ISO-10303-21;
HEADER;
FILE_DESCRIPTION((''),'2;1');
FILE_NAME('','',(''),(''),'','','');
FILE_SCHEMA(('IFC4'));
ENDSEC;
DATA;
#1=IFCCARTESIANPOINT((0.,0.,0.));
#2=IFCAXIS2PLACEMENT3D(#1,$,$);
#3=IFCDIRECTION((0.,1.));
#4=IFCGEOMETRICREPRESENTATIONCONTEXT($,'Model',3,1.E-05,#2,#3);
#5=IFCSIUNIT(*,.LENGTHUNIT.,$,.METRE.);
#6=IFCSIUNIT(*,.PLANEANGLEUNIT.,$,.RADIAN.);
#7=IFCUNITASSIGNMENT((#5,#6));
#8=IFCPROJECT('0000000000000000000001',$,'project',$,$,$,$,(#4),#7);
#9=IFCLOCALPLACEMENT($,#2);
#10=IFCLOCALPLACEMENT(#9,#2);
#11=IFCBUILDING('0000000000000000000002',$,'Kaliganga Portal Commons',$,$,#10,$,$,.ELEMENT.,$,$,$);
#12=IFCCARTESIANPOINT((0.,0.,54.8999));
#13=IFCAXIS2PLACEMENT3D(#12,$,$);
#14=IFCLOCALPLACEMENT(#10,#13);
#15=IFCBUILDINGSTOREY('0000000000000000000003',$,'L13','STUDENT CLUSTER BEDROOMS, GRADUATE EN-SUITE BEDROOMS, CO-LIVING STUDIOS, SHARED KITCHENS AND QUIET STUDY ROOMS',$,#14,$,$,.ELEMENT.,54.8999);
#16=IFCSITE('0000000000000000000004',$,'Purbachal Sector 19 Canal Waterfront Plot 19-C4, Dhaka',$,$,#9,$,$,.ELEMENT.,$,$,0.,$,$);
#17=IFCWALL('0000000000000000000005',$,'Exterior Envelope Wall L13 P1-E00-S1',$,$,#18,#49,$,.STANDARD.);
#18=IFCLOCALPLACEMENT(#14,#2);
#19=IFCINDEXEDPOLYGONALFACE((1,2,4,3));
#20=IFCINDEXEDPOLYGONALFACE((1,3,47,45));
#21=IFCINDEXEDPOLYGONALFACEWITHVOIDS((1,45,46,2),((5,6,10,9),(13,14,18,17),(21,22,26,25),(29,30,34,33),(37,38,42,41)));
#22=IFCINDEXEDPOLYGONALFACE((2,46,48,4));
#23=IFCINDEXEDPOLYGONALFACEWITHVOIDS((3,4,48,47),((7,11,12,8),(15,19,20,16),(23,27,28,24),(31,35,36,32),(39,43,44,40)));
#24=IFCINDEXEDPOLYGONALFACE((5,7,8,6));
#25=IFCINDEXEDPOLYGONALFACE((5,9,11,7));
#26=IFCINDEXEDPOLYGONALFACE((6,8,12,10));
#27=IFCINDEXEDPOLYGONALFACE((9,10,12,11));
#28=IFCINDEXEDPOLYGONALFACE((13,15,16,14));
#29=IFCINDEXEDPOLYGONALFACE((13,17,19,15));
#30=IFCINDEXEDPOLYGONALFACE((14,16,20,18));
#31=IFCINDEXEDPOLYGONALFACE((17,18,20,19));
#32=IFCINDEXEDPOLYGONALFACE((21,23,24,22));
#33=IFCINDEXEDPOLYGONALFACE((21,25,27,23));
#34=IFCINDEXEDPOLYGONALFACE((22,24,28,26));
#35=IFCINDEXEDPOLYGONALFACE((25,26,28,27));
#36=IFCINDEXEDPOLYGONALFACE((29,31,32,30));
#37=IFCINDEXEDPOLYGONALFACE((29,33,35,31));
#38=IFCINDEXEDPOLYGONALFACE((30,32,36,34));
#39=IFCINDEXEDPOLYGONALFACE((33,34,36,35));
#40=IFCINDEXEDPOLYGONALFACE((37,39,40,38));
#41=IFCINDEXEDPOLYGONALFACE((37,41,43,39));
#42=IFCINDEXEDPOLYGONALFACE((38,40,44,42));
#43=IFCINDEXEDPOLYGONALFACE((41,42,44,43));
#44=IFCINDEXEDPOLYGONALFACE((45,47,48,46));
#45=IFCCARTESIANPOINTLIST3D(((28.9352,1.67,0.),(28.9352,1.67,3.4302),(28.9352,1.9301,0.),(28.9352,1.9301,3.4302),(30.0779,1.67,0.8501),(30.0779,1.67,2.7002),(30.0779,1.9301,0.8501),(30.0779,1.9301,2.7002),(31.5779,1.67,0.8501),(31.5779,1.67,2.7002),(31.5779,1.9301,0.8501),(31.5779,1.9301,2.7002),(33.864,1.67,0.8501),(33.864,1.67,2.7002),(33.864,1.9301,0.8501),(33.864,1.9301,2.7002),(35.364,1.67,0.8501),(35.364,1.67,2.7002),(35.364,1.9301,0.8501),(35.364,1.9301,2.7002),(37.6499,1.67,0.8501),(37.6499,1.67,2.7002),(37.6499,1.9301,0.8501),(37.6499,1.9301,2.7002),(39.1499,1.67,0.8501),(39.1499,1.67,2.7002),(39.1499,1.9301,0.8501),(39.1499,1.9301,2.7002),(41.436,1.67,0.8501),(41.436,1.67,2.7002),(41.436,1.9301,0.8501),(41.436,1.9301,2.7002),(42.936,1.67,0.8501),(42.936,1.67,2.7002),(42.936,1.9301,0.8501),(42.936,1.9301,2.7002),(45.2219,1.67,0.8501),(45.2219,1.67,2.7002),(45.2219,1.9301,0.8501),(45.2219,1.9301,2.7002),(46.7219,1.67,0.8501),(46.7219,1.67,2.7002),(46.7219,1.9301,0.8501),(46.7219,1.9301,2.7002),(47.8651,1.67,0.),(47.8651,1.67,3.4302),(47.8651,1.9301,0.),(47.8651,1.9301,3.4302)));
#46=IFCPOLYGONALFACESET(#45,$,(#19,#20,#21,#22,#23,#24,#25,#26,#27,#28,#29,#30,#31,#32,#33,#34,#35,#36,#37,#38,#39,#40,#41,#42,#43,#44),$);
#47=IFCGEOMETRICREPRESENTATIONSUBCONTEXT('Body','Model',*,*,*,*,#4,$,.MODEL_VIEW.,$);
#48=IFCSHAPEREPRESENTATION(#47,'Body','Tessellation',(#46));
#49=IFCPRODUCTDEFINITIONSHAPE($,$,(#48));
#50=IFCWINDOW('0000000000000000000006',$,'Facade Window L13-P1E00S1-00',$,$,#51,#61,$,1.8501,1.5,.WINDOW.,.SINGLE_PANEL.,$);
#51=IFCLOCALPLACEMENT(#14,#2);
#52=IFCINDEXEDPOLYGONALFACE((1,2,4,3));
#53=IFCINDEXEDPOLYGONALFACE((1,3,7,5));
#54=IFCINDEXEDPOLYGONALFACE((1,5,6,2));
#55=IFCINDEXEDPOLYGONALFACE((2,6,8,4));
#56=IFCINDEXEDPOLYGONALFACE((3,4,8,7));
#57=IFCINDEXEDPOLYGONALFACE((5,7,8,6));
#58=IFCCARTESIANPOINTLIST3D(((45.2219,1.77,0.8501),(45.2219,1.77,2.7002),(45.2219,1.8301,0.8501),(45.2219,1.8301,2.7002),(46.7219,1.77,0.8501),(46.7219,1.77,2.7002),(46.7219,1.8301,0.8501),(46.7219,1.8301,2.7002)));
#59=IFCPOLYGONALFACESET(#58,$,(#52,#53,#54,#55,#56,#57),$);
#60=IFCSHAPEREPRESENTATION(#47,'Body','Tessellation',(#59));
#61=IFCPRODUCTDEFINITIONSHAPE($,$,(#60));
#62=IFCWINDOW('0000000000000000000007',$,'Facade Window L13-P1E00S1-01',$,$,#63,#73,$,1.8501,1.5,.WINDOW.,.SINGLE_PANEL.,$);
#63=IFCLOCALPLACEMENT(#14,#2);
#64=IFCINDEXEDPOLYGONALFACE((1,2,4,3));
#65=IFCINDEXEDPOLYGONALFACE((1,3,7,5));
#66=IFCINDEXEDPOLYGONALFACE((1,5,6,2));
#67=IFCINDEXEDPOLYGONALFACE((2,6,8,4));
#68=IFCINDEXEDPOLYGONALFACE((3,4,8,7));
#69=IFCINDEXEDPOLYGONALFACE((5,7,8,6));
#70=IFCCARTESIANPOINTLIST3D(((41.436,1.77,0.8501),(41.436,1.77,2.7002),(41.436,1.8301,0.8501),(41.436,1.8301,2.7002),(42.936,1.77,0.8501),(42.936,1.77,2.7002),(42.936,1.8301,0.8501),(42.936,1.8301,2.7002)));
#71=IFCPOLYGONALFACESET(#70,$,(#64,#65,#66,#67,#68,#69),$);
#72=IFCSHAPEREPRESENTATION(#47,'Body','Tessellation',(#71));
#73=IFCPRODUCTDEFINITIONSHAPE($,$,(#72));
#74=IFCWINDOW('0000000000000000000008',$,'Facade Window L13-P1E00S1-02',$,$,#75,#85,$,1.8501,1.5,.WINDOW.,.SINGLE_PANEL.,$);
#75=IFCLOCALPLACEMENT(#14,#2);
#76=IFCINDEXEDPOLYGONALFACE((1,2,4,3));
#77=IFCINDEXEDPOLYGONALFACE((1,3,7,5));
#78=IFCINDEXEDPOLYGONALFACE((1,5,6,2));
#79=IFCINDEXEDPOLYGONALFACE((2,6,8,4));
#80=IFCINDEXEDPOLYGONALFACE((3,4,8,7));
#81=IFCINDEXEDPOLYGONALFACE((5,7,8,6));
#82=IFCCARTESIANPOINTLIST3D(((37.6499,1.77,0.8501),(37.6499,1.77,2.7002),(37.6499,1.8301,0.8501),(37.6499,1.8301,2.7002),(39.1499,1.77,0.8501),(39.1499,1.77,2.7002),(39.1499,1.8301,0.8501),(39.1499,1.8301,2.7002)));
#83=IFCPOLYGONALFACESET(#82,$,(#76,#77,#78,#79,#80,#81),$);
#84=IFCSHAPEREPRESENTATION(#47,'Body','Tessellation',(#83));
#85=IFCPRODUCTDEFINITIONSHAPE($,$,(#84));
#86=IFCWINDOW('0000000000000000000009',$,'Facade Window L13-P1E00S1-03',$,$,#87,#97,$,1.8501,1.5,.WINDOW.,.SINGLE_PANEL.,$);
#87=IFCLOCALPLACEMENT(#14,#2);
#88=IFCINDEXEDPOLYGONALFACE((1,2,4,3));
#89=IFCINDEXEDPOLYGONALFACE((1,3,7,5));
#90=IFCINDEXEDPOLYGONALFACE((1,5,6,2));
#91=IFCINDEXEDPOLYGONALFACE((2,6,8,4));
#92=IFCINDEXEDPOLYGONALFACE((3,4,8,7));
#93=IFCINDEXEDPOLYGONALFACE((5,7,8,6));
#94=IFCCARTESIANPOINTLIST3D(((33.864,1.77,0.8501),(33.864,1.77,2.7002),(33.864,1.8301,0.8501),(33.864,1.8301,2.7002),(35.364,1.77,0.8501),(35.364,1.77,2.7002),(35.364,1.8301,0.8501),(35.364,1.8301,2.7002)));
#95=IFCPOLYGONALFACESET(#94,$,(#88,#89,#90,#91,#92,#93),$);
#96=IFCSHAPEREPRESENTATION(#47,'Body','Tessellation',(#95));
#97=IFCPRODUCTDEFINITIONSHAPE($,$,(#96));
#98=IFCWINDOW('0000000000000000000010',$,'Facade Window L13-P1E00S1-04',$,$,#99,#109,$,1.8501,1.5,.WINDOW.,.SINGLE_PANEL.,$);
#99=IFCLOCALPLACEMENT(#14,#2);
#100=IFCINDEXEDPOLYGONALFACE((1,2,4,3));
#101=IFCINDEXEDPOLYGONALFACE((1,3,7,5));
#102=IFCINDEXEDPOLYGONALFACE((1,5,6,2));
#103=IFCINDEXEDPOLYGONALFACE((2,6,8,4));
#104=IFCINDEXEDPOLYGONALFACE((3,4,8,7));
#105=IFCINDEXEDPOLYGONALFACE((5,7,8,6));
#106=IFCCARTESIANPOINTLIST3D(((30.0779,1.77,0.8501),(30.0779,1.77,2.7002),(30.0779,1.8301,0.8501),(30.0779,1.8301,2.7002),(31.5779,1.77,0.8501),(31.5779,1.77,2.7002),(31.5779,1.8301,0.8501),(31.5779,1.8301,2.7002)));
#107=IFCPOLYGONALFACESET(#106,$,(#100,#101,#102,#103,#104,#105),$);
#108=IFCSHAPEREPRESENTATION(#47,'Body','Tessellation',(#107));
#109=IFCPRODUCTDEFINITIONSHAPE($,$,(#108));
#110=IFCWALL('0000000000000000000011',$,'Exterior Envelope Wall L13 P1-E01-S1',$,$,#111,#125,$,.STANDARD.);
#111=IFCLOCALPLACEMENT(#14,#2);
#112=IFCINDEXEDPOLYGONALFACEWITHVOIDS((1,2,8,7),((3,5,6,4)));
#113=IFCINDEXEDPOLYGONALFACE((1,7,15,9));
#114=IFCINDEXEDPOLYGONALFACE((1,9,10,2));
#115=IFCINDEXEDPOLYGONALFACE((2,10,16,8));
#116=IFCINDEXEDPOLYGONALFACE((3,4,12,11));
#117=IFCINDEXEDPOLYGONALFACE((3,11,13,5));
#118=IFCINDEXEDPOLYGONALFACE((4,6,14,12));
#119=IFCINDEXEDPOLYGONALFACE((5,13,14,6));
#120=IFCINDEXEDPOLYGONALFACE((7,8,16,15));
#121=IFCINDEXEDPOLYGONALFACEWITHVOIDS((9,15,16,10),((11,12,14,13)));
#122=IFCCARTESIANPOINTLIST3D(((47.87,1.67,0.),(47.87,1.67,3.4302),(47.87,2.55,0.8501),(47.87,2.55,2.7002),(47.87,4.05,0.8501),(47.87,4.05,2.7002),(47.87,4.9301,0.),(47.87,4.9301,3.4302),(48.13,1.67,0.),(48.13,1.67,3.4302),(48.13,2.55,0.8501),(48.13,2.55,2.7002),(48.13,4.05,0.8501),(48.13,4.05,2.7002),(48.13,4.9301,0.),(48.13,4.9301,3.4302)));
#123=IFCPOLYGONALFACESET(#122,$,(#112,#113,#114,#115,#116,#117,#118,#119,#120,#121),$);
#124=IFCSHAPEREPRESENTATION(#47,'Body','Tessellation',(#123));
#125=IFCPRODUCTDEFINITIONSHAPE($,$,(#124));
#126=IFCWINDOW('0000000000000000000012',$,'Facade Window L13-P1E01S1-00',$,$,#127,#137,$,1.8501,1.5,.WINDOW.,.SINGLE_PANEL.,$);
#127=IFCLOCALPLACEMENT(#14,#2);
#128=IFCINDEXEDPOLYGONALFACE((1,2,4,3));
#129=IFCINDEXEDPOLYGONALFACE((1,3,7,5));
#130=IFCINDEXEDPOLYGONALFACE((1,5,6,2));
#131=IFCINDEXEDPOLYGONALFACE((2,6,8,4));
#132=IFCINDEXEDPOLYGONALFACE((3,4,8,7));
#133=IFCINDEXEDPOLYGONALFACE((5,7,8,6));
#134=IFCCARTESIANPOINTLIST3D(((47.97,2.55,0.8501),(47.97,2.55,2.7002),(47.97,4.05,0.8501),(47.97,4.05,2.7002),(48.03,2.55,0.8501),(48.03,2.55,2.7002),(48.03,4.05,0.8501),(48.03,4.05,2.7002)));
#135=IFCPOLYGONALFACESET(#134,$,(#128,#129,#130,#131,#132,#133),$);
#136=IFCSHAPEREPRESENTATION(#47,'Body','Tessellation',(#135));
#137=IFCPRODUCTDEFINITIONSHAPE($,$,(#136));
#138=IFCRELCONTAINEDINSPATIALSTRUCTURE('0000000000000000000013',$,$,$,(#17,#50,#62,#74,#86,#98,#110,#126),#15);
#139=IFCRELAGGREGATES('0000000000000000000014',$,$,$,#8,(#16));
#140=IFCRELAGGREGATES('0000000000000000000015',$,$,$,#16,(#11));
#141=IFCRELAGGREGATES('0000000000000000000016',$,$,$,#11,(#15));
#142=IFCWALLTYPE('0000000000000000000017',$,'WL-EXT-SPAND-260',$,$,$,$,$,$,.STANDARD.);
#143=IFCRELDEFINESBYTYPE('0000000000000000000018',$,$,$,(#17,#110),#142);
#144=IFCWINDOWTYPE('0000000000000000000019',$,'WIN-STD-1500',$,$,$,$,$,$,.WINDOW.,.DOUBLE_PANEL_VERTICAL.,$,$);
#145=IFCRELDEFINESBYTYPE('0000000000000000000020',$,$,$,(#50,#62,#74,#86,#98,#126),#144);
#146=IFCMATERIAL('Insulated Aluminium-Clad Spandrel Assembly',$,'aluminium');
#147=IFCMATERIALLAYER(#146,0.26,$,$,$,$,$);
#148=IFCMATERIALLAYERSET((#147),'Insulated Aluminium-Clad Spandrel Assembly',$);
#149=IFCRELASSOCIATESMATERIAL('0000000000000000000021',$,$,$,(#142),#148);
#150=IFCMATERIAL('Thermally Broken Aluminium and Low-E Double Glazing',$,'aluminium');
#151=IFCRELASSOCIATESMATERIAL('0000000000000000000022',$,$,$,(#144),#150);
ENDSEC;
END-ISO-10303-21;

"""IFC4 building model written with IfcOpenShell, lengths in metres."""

from ifc_helpers import new_model, si_unit, direction, frame, frame_2d, origin, place, context, subcontext, project, spatial, rectangle, extrude, material, layer, layer_set, type_object, element, fill, save


model = new_model("IFC4")

# Units and contexts
model_context = context("Model", 3, precision=1e-05, world=origin(), true_north=direction((0.0, 1.0)))
body_context = subcontext(model_context, "Body", "Model", "MODEL_VIEW")
ifc_project = project(units=[si_unit("LENGTHUNIT", "METRE"), si_unit("PLANEANGLEUNIT", "RADIAN")], contexts=[model_context])

# Site, building, storey
site_placement = place(None, origin())
site = spatial("IfcSite", under=ifc_project, at=site_placement, Name="Purbachal Sector 19 Canal Waterfront Plot 19-C4, Dhaka", CompositionType="ELEMENT", RefElevation=0.0)
building_placement = place(site_placement, origin())
building = spatial("IfcBuilding", under=site, at=building_placement, Name="Kaliganga Portal Commons", CompositionType="ELEMENT")
storey_placement = place(building_placement, frame((0.0, 0.0, 54.8999)))
storey = spatial("IfcBuildingStorey", under=building, at=storey_placement, Name="L13", Description="STUDENT CLUSTER BEDROOMS, GRADUATE EN-SUITE BEDROOMS, CO-LIVING STUDIOS, SHARED KITCHENS AND QUIET STUDY ROOMS", CompositionType="ELEMENT", Elevation=54.8999)

# Wall, openings, windows
ifc_material_1 = material(Name="Insulated Aluminium-Clad Spandrel Assembly", Category="aluminium")
ifc_layer_1 = layer(ifc_material_1, 0.26)
ifc_layer_set_1 = layer_set([ifc_layer_1], Name="Insulated Aluminium-Clad Spandrel Assembly")
wall_type_1 = type_object("IfcWallType", Name="WL-EXT-SPAND-260", PredefinedType="STANDARD", material=ifc_layer_set_1)
wall_1_placement = place(storey_placement, frame((47.865, 1.8, 0.0), z_axis=(0.0, 0.0, 1.0), x_axis=(-1.0, 0.0, 0.0)))
wall_1 = element("IfcWall", 1, at=wall_1_placement, inside=storey, type_object=wall_type_1, Name="Exterior Envelope Wall L13 P1-E00-S1", PredefinedType="STANDARD", context=body_context, shape_type="SweptSolid", body=[
    extrude(rectangle(XDim=18.9299, YDim=0.26, at=frame_2d((9.4648, 0.0))), origin(), (0.0, 0.0, 1.0), 3.4302),
])
opening_1_placement = place(wall_1_placement, frame((1.1431, 0.0, 0.8501)))
opening_1 = element("IfcOpeningElement", 2, at=opening_1_placement, cuts=wall_1, PredefinedType="OPENING", context=body_context, shape_type="SweptSolid", body=[
    extrude(rectangle(XDim=1.5, YDim=1.8501, at=frame_2d((0.75, 0.925))), frame((0.0, 0.1401, 0.0), z_axis=(0.0, -1.0, 0.0), x_axis=(1.0, 0.0, 0.0)), (0.0, 0.0, 1.0), 0.28),
])
opening_2_placement = place(wall_1_placement, frame((4.929, 0.0, 0.8501)))
opening_2 = element("IfcOpeningElement", 3, at=opening_2_placement, cuts=wall_1, PredefinedType="OPENING", context=body_context, shape_type="SweptSolid", body=[
    extrude(rectangle(XDim=1.5, YDim=1.8501, at=frame_2d((0.75, 0.925))), frame((0.0, 0.1401, 0.0), z_axis=(0.0, -1.0, 0.0), x_axis=(1.0, 0.0, 0.0)), (0.0, 0.0, 1.0), 0.28),
])
opening_3_placement = place(wall_1_placement, frame((8.7151, 0.0, 0.8501)))
opening_3 = element("IfcOpeningElement", 4, at=opening_3_placement, cuts=wall_1, PredefinedType="OPENING", context=body_context, shape_type="SweptSolid", body=[
    extrude(rectangle(XDim=1.5, YDim=1.8501, at=frame_2d((0.75, 0.925))), frame((0.0, 0.1401, 0.0), z_axis=(0.0, -1.0, 0.0), x_axis=(1.0, 0.0, 0.0)), (0.0, 0.0, 1.0), 0.28),
])
opening_4_placement = place(wall_1_placement, frame((12.501, 0.0, 0.8501)))
opening_4 = element("IfcOpeningElement", 5, at=opening_4_placement, cuts=wall_1, PredefinedType="OPENING", context=body_context, shape_type="SweptSolid", body=[
    extrude(rectangle(XDim=1.5, YDim=1.8501, at=frame_2d((0.75, 0.925))), frame((0.0, 0.1401, 0.0), z_axis=(0.0, -1.0, 0.0), x_axis=(1.0, 0.0, 0.0)), (0.0, 0.0, 1.0), 0.28),
])
opening_5_placement = place(wall_1_placement, frame((16.2871, 0.0, 0.8501)))
opening_5 = element("IfcOpeningElement", 6, at=opening_5_placement, cuts=wall_1, PredefinedType="OPENING", context=body_context, shape_type="SweptSolid", body=[
    extrude(rectangle(XDim=1.5, YDim=1.8501, at=frame_2d((0.75, 0.925))), frame((0.0, 0.1401, 0.0), z_axis=(0.0, -1.0, 0.0), x_axis=(1.0, 0.0, 0.0)), (0.0, 0.0, 1.0), 0.28),
])
ifc_material_2 = material(Name="Thermally Broken Aluminium and Low-E Double Glazing", Category="aluminium")
window_type = type_object("IfcWindowType", Name="WIN-STD-1500", PartitioningType="DOUBLE_PANEL_VERTICAL", PredefinedType="WINDOW", material=ifc_material_2)
window_1_placement = place(opening_1_placement, origin())
window_1 = element("IfcWindow", 7, at=window_1_placement, inside=storey, type_object=window_type, Name="Facade Window L13-P1E00S1-00", OverallHeight=1.8501, OverallWidth=1.5, PartitioningType="SINGLE_PANEL", PredefinedType="WINDOW", context=body_context, shape_type="SweptSolid", body=[
    extrude(rectangle(XDim=1.5, YDim=1.8501, at=frame_2d((0.75, 0.925))), frame((0.0, 0.03, 0.0), z_axis=(0.0, -1.0, 0.0), x_axis=(1.0, 0.0, 0.0)), (0.0, 0.0, 1.0), 0.0601),
])
fill(opening_1, window_1)
window_2_placement = place(opening_2_placement, origin())
window_2 = element("IfcWindow", 8, at=window_2_placement, inside=storey, type_object=window_type, Name="Facade Window L13-P1E00S1-01", OverallHeight=1.8501, OverallWidth=1.5, PartitioningType="SINGLE_PANEL", PredefinedType="WINDOW", context=body_context, shape_type="SweptSolid", body=[
    extrude(rectangle(XDim=1.5, YDim=1.8501, at=frame_2d((0.75, 0.925))), frame((0.0, 0.03, 0.0), z_axis=(0.0, -1.0, 0.0), x_axis=(1.0, 0.0, 0.0)), (0.0, 0.0, 1.0), 0.0601),
])
fill(opening_2, window_2)
window_3_placement = place(opening_3_placement, origin())
window_3 = element("IfcWindow", 9, at=window_3_placement, inside=storey, type_object=window_type, Name="Facade Window L13-P1E00S1-02", OverallHeight=1.8501, OverallWidth=1.5, PartitioningType="SINGLE_PANEL", PredefinedType="WINDOW", context=body_context, shape_type="SweptSolid", body=[
    extrude(rectangle(XDim=1.5, YDim=1.8501, at=frame_2d((0.75, 0.925))), frame((0.0, 0.03, 0.0), z_axis=(0.0, -1.0, 0.0), x_axis=(1.0, 0.0, 0.0)), (0.0, 0.0, 1.0), 0.0601),
])
fill(opening_3, window_3)
window_4_placement = place(opening_4_placement, origin())
window_4 = element("IfcWindow", 10, at=window_4_placement, inside=storey, type_object=window_type, Name="Facade Window L13-P1E00S1-03", OverallHeight=1.8501, OverallWidth=1.5, PartitioningType="SINGLE_PANEL", PredefinedType="WINDOW", context=body_context, shape_type="SweptSolid", body=[
    extrude(rectangle(XDim=1.5, YDim=1.8501, at=frame_2d((0.75, 0.925))), frame((0.0, 0.03, 0.0), z_axis=(0.0, -1.0, 0.0), x_axis=(1.0, 0.0, 0.0)), (0.0, 0.0, 1.0), 0.0601),
])
fill(opening_4, window_4)
window_5_placement = place(opening_5_placement, origin())
window_5 = element("IfcWindow", 11, at=window_5_placement, inside=storey, type_object=window_type, Name="Facade Window L13-P1E00S1-04", OverallHeight=1.8501, OverallWidth=1.5, PartitioningType="SINGLE_PANEL", PredefinedType="WINDOW", context=body_context, shape_type="SweptSolid", body=[
    extrude(rectangle(XDim=1.5, YDim=1.8501, at=frame_2d((0.75, 0.925))), frame((0.0, 0.03, 0.0), z_axis=(0.0, -1.0, 0.0), x_axis=(1.0, 0.0, 0.0)), (0.0, 0.0, 1.0), 0.0601),
])
fill(opening_5, window_5)

# Wall, opening, window
wall_2_placement = place(storey_placement, frame((48.0, 4.9299, 0.0), z_axis=(0.0, 0.0, 1.0), x_axis=(0.0, -1.0, 0.0)))
wall_2 = element("IfcWall", 12, at=wall_2_placement, inside=storey, type_object=wall_type_1, Name="Exterior Envelope Wall L13 P1-E01-S1", PredefinedType="STANDARD", context=body_context, shape_type="SweptSolid", body=[
    extrude(rectangle(XDim=3.26, YDim=0.26, at=frame_2d((1.6299, 0.0))), origin(), (0.0, 0.0, 1.0), 3.4302),
])
opening_6_placement = place(wall_2_placement, frame((0.8799, 0.0, 0.8501)))
opening_6 = element("IfcOpeningElement", 13, at=opening_6_placement, cuts=wall_2, PredefinedType="OPENING", context=body_context, shape_type="SweptSolid", body=[
    extrude(rectangle(XDim=1.5, YDim=1.8501, at=frame_2d((0.75, 0.925))), frame((0.0, 0.1401, 0.0), z_axis=(0.0, -1.0, 0.0), x_axis=(1.0, 0.0, 0.0)), (0.0, 0.0, 1.0), 0.28),
])
window_6_placement = place(opening_6_placement, origin())
window_6 = element("IfcWindow", 14, at=window_6_placement, inside=storey, type_object=window_type, Name="Facade Window L13-P1E01S1-00", OverallHeight=1.8501, OverallWidth=1.5, PartitioningType="SINGLE_PANEL", PredefinedType="WINDOW", context=body_context, shape_type="SweptSolid", body=[
    extrude(rectangle(XDim=1.5, YDim=1.8501, at=frame_2d((0.75, 0.925))), frame((0.0, 0.03, 0.0), z_axis=(0.0, -1.0, 0.0), x_axis=(1.0, 0.0, 0.0)), (0.0, 0.0, 1.0), 0.0601),
])
fill(opening_6, window_6)

save(model, "model.ifc")
